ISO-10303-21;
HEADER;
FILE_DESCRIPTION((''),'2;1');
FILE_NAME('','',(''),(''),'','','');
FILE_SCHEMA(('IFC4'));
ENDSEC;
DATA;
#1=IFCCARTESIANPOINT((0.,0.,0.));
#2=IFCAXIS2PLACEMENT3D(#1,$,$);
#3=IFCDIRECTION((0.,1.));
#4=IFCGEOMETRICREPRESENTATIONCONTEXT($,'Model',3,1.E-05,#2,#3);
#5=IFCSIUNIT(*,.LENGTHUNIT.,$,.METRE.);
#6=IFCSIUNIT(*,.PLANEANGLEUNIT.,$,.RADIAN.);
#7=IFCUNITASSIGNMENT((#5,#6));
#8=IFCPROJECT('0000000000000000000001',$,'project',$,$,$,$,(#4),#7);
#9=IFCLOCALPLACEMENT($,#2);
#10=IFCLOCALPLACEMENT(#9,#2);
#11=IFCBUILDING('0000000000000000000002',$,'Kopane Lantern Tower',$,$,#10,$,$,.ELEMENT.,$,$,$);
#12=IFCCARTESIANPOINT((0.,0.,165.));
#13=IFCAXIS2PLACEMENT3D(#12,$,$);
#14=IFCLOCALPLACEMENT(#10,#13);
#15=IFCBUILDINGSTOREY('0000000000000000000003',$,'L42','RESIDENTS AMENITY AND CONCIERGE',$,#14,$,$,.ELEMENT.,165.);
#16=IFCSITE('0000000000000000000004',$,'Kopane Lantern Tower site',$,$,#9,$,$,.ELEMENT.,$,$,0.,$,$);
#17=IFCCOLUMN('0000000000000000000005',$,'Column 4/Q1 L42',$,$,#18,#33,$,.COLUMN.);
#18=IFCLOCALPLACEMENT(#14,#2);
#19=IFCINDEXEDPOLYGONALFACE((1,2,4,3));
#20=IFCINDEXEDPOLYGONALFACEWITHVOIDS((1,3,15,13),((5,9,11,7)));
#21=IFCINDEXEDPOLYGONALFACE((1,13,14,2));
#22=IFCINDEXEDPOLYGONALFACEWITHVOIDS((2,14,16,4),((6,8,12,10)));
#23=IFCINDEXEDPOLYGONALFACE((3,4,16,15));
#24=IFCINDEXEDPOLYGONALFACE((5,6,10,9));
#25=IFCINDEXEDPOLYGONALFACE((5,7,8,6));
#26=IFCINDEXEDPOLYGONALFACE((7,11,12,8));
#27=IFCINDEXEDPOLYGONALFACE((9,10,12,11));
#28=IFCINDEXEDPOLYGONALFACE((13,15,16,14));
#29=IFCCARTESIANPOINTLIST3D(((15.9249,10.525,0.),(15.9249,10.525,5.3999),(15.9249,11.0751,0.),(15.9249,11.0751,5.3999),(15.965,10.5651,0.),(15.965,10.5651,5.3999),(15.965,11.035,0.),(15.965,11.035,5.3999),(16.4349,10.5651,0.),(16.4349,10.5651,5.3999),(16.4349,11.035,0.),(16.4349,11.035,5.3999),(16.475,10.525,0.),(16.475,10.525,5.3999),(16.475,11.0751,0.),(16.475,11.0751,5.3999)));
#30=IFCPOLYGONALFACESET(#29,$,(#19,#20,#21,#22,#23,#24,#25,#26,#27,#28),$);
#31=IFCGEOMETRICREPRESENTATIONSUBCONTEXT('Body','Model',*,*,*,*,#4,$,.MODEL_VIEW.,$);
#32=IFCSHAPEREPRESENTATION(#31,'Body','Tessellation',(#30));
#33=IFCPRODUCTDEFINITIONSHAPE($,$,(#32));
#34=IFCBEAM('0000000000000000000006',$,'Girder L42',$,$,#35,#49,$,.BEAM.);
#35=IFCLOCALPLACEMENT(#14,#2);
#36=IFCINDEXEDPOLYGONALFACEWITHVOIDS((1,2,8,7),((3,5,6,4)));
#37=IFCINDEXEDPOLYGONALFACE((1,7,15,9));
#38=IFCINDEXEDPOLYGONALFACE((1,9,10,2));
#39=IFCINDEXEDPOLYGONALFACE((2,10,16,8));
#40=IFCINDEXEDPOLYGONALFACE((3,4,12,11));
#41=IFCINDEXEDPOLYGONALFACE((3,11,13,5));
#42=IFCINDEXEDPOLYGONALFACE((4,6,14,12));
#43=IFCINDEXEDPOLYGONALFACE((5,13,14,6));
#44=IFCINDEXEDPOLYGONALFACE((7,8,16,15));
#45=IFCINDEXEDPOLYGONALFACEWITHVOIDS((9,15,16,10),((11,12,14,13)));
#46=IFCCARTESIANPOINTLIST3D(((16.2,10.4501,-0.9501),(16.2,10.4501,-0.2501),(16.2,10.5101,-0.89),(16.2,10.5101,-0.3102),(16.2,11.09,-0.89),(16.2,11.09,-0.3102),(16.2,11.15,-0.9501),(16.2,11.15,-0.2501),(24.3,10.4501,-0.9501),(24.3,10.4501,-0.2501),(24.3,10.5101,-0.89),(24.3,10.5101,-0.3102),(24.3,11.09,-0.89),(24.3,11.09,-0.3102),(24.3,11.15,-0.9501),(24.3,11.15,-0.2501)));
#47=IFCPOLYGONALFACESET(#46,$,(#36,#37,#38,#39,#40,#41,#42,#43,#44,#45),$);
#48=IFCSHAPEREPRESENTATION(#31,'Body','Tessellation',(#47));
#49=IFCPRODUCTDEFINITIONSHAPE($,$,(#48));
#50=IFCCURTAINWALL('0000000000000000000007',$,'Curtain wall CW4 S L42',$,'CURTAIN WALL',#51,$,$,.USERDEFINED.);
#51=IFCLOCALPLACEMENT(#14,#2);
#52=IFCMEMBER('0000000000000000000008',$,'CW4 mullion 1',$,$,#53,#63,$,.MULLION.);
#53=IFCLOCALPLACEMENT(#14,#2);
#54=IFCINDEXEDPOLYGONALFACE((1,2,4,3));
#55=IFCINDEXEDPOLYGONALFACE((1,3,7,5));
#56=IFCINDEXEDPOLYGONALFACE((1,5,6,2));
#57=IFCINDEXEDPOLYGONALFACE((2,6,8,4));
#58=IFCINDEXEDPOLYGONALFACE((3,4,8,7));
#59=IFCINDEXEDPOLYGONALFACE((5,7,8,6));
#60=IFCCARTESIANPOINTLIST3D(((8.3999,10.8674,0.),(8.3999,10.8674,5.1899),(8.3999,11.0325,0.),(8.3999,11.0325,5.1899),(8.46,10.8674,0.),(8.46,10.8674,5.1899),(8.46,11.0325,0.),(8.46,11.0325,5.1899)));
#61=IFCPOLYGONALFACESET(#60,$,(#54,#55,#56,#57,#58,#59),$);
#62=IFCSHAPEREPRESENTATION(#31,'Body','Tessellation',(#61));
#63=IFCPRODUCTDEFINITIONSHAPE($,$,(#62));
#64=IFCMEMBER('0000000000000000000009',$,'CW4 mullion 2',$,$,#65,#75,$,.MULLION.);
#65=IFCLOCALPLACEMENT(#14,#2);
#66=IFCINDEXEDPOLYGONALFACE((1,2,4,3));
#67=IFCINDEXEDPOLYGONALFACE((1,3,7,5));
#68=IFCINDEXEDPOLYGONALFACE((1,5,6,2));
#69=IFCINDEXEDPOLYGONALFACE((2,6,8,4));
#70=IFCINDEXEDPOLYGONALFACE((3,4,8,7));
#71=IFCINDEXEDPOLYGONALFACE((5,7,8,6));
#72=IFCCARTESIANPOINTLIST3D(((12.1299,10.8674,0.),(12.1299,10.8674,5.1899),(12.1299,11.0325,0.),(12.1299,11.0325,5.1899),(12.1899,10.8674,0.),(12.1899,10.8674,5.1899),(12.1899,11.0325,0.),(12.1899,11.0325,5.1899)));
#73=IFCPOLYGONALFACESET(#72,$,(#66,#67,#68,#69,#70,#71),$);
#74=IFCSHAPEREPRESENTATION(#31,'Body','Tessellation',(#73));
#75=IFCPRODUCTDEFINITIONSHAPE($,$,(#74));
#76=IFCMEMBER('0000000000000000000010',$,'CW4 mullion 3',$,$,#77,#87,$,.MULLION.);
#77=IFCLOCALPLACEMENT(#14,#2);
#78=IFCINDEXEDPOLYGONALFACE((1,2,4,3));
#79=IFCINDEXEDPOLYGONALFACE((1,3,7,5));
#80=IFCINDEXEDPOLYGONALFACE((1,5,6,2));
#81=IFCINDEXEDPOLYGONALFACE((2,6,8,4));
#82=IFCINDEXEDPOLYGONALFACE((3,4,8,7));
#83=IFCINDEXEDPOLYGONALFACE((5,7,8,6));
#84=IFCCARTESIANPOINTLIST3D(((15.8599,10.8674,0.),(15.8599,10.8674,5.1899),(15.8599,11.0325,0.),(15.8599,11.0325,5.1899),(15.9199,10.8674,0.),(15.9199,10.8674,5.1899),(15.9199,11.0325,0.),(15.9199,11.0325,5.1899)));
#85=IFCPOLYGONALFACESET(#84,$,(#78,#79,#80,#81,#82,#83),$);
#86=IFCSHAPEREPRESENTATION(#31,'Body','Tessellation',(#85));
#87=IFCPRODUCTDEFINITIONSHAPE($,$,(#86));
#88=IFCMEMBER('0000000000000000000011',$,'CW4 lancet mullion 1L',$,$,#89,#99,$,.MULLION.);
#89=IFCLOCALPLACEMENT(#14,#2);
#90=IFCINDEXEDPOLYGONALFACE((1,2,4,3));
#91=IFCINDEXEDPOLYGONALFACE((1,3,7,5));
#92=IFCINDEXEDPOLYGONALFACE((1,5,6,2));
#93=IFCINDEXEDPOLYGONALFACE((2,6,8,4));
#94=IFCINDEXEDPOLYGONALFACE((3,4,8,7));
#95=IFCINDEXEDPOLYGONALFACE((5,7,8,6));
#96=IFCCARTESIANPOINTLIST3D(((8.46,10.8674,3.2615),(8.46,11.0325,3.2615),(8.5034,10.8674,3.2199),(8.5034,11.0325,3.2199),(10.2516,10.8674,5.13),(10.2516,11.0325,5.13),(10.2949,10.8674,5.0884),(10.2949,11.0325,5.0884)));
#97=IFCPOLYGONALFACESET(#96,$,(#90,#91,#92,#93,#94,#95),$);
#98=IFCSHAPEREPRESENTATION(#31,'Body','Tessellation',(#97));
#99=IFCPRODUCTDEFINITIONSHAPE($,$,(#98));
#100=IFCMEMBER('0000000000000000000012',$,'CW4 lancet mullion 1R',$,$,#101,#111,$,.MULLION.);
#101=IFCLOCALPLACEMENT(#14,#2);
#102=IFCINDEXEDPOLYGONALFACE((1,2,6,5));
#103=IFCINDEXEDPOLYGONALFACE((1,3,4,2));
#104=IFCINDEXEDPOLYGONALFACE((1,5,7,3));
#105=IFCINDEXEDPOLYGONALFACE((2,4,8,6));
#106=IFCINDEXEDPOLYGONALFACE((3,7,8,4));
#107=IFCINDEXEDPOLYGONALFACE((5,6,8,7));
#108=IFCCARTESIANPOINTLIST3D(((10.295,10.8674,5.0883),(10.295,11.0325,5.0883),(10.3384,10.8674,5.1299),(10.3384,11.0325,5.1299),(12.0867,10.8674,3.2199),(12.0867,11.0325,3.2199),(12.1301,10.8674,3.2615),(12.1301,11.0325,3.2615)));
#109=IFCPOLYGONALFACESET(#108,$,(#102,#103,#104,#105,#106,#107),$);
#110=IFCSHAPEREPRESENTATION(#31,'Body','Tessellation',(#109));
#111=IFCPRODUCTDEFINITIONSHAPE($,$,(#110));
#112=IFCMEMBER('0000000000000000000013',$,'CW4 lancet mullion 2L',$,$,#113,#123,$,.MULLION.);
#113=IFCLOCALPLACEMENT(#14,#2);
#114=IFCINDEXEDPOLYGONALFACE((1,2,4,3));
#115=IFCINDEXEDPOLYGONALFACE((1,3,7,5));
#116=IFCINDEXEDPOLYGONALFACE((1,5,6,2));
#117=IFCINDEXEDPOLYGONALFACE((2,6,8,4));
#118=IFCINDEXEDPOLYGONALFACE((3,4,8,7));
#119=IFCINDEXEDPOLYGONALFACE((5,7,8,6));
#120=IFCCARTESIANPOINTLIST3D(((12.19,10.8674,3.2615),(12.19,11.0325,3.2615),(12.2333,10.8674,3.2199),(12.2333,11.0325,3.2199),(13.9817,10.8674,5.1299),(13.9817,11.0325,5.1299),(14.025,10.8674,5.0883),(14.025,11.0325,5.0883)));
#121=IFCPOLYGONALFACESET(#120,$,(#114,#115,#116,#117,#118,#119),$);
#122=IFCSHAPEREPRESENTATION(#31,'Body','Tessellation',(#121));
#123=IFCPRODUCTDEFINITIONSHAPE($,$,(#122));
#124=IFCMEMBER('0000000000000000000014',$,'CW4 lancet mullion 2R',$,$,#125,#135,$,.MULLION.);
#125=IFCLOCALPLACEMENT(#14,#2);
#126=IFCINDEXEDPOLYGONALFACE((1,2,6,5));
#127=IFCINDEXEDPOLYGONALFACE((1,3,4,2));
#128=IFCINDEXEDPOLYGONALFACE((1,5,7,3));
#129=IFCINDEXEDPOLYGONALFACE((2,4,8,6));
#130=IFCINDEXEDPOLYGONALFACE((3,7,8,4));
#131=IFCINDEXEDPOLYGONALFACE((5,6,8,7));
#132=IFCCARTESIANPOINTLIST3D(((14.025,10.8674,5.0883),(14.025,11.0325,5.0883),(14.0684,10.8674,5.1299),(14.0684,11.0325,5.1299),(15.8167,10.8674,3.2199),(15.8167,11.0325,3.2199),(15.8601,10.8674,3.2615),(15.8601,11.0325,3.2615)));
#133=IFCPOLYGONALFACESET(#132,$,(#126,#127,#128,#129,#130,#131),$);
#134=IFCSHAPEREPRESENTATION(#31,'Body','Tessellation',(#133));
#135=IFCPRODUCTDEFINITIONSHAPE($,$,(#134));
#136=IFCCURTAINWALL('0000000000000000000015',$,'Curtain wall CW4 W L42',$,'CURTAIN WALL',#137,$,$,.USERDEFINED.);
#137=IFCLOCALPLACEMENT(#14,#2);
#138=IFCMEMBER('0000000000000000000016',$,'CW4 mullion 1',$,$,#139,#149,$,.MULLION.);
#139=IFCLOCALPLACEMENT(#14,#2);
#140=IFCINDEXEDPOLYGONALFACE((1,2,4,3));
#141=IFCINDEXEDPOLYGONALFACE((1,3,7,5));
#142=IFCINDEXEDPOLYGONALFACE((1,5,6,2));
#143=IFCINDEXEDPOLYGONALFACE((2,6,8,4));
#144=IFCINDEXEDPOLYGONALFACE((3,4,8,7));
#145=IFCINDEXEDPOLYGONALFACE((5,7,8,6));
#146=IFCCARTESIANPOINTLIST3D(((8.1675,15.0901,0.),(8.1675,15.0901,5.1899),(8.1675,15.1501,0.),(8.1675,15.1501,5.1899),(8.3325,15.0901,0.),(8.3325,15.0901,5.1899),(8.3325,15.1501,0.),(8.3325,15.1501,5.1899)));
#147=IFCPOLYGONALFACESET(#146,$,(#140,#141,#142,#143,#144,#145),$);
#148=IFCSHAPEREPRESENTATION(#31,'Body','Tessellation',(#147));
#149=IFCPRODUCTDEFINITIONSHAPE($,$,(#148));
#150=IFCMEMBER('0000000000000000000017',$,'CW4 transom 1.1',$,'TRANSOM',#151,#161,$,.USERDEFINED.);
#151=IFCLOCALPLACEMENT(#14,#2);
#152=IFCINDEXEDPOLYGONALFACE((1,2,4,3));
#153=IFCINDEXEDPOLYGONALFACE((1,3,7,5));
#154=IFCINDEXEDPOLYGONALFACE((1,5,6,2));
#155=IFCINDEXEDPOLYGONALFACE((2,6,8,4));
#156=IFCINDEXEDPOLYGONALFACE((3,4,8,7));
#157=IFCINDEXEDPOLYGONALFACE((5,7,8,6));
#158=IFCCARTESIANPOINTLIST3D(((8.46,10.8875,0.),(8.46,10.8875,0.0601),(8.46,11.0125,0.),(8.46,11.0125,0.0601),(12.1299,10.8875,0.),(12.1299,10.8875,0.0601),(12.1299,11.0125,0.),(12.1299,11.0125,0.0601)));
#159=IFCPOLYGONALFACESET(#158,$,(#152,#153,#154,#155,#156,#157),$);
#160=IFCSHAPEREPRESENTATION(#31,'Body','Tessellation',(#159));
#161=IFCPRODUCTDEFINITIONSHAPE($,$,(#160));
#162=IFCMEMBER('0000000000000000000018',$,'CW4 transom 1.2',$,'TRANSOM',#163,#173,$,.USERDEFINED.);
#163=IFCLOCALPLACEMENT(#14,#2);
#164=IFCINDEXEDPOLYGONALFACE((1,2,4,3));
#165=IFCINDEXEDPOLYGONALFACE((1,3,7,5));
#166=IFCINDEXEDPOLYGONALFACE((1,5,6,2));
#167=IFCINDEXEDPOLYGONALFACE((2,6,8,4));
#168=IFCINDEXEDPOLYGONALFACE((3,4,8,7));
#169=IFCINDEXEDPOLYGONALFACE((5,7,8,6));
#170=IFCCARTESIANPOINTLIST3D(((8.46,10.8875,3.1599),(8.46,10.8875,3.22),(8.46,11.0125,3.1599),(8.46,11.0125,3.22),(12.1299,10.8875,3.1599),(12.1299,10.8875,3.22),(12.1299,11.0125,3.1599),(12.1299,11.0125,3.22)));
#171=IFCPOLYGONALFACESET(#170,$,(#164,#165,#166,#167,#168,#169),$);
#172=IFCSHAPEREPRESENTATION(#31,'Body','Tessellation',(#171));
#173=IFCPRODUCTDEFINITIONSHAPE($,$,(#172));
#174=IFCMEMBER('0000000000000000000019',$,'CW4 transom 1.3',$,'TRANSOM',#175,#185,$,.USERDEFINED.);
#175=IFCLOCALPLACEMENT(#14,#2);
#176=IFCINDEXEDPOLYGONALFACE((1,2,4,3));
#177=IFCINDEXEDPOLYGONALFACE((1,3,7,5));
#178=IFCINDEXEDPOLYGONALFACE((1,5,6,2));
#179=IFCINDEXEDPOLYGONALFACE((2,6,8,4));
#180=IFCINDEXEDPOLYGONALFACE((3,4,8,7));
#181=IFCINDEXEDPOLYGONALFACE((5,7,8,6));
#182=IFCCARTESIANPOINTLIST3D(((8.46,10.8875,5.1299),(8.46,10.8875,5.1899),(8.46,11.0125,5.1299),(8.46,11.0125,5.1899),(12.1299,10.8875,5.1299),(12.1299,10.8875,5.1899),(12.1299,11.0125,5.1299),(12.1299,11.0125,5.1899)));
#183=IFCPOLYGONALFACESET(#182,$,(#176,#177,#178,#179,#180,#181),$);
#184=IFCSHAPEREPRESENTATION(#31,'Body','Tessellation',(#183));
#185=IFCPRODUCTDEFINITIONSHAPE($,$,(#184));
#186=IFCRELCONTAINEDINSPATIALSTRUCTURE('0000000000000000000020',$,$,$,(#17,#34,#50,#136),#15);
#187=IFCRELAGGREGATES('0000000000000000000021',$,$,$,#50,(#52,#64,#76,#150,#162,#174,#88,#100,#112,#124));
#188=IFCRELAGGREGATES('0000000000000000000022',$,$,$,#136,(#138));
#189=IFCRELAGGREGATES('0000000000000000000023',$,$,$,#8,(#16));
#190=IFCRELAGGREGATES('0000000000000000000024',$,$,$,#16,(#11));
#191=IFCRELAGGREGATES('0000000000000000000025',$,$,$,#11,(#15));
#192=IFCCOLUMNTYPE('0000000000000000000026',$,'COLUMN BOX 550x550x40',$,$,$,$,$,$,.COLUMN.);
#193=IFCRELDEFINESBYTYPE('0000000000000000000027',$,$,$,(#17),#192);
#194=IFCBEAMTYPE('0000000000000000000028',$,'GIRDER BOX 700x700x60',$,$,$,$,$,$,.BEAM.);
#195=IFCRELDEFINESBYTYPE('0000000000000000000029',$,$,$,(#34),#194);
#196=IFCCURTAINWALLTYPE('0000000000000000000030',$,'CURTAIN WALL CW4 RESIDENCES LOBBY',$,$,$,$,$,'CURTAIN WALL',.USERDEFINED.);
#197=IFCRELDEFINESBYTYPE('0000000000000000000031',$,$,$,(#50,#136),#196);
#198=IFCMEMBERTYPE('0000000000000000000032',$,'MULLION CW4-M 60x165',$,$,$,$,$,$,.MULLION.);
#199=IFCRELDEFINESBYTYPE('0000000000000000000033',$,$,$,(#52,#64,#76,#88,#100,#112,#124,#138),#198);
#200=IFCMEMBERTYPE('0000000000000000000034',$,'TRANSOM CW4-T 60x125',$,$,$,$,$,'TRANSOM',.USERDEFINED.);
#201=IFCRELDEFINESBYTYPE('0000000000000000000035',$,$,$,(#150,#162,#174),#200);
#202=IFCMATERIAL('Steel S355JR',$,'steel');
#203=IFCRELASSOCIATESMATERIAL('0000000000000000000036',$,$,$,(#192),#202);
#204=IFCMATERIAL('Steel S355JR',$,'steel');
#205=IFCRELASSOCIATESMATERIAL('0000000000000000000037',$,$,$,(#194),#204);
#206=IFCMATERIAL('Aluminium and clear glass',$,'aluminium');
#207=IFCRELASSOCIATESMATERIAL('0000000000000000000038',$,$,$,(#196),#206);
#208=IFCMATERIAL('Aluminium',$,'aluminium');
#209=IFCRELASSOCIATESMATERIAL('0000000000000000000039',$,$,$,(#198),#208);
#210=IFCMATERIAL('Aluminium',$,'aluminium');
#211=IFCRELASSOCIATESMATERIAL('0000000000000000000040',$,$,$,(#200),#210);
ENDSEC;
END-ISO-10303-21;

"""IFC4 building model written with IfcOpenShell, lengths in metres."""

from ifc_helpers import new_model, si_unit, direction, frame, origin, origin_2d, place, context, subcontext, project, spatial, rectangle, hollow_rectangle, extrude, material, material_profile, profile_set, type_object, element, aggregate, save


model = new_model("IFC4")

# Units and contexts
model_context = context("Model", 3, precision=1e-05, world=origin(), true_north=direction((0.0, 1.0)))
body_context = subcontext(model_context, "Body", "Model", "MODEL_VIEW")
ifc_project = project(units=[si_unit("LENGTHUNIT", "METRE"), si_unit("PLANEANGLEUNIT", "RADIAN")], contexts=[model_context])

# Site, building, storey
site_placement = place(None, origin())
site = spatial("IfcSite", under=ifc_project, at=site_placement, Name="Kopane Lantern Tower site", CompositionType="ELEMENT", RefElevation=0.0)
building_placement = place(site_placement, origin())
building = spatial("IfcBuilding", under=site, at=building_placement, Name="Kopane Lantern Tower", CompositionType="ELEMENT")
storey_placement = place(building_placement, frame((0.0, 0.0, 165.0)))
storey = spatial("IfcBuildingStorey", under=building, at=storey_placement, Name="L42", Description="RESIDENTS AMENITY AND CONCIERGE", CompositionType="ELEMENT", Elevation=165.0)

# Column
ifc_material_1 = material(Name="Steel S355JR", Category="steel")
ifc_material_profile_1 = material_profile(ifc_material_1, hollow_rectangle(XDim=0.55, YDim=0.55, WallThickness=0.04, at=origin_2d()), Name="BOX 550x550x40")
ifc_profile_set_1 = profile_set([ifc_material_profile_1], Name="Steel S355JR")
column_type = type_object("IfcColumnType", Name="COLUMN BOX 550x550x40", PredefinedType="COLUMN", material=ifc_profile_set_1)
column_placement = place(storey_placement, frame((16.2, 10.8, 0.0), z_axis=(0.0, 0.0, 1.0), x_axis=(1.0, 0.0, 0.0)))
element("IfcColumn", 1, at=column_placement, inside=storey, type_object=column_type, Name="Column 4/Q1 L42", PredefinedType="COLUMN", context=body_context, shape_type="SweptSolid", body=[
    extrude(hollow_rectangle(XDim=0.55, YDim=0.55, WallThickness=0.04, at=origin_2d()), origin(), (0.0, 0.0, 1.0), 5.3999),
])

# Beam
ifc_material_2 = material(Name="Steel S355JR", Category="steel")
ifc_material_profile_2 = material_profile(ifc_material_2, hollow_rectangle(XDim=0.7, YDim=0.7, WallThickness=0.0601, at=origin_2d()), Name="BOX 700x700x60")
ifc_profile_set_2 = profile_set([ifc_material_profile_2], Name="Steel S355JR")
beam_type = type_object("IfcBeamType", Name="GIRDER BOX 700x700x60", PredefinedType="BEAM", material=ifc_profile_set_2)
beam_placement = place(storey_placement, frame((16.2, 10.8, -0.6001), z_axis=(1.0, 0.0, 0.0), x_axis=(0.0, 1.0, 0.0)))
element("IfcBeam", 2, at=beam_placement, inside=storey, type_object=beam_type, Name="Girder L42", PredefinedType="BEAM", context=body_context, shape_type="SweptSolid", body=[
    extrude(hollow_rectangle(XDim=0.7, YDim=0.7, WallThickness=0.0601, at=origin_2d()), origin(), (0.0, 0.0, 1.0), 8.1001),
])

# Curtain wall, members
ifc_material_3 = material(Name="Aluminium and clear glass", Category="aluminium")
curtain_wall_type = type_object("IfcCurtainWallType", Name="CURTAIN WALL CW4 RESIDENCES LOBBY", ElementType="CURTAIN WALL", PredefinedType="USERDEFINED", material=ifc_material_3)
curtain_wall_1_placement = place(storey_placement, origin())
curtain_wall_1 = element("IfcCurtainWall", 3, at=curtain_wall_1_placement, inside=storey, type_object=curtain_wall_type, Name="Curtain wall CW4 S L42", ObjectType="CURTAIN WALL", PredefinedType="USERDEFINED")
ifc_material_4 = material(Name="Aluminium", Category="aluminium")
ifc_material_profile_3 = material_profile(ifc_material_4, rectangle(XDim=0.0601, YDim=0.165, at=origin_2d()), Name="AL 60x165")
ifc_profile_set_3 = profile_set([ifc_material_profile_3], Name="Aluminium")
member_type_1 = type_object("IfcMemberType", Name="MULLION CW4-M 60x165", PredefinedType="MULLION", material=ifc_profile_set_3)
member_1_placement = place(storey_placement, frame((8.4299, 10.95, 0.0), z_axis=(0.0, 0.0, 1.0), x_axis=(1.0, 0.0, 0.0)))
member_1 = element("IfcMember", 4, at=member_1_placement, type_object=member_type_1, Name="CW4 mullion 1", PredefinedType="MULLION", context=body_context, shape_type="SweptSolid", body=[
    extrude(rectangle(XDim=0.0601, YDim=0.165, at=origin_2d()), origin(), (0.0, 0.0, 1.0), 5.1899),
])
member_2_placement = place(storey_placement, frame((12.1599, 10.95, 0.0), z_axis=(0.0, 0.0, 1.0), x_axis=(1.0, 0.0, 0.0)))
member_2 = element("IfcMember", 5, at=member_2_placement, type_object=member_type_1, Name="CW4 mullion 2", PredefinedType="MULLION", context=body_context, shape_type="SweptSolid", body=[
    extrude(rectangle(XDim=0.0601, YDim=0.165, at=origin_2d()), origin(), (0.0, 0.0, 1.0), 5.1899),
])
member_3_placement = place(storey_placement, frame((15.8899, 10.95, 0.0), z_axis=(0.0, 0.0, 1.0), x_axis=(1.0, 0.0, 0.0)))
member_3 = element("IfcMember", 6, at=member_3_placement, type_object=member_type_1, Name="CW4 mullion 3", PredefinedType="MULLION", context=body_context, shape_type="SweptSolid", body=[
    extrude(rectangle(XDim=0.0601, YDim=0.165, at=origin_2d()), origin(), (0.0, 0.0, 1.0), 5.1899),
])
member_4_placement = place(storey_placement, frame((8.4817, 10.95, 3.2407), z_axis=(0.692096, 0.0, 0.721806), x_axis=(-0.721806, 0.0, 0.692096)))
member_4 = element("IfcMember", 7, at=member_4_placement, type_object=member_type_1, Name="CW4 lancet mullion 1L", PredefinedType="MULLION", context=body_context, shape_type="SweptSolid", body=[
    extrude(rectangle(XDim=0.0601, YDim=0.165, at=origin_2d()), origin(), (0.0, 0.0, 1.0), 2.5886),
])
member_5_placement = place(storey_placement, frame((12.1084, 10.95, 3.2407), z_axis=(-0.692145, 0.0, 0.721758), x_axis=(0.721758, 0.0, 0.692145)))
member_5 = element("IfcMember", 8, at=member_5_placement, type_object=member_type_1, Name="CW4 lancet mullion 1R", PredefinedType="MULLION", context=body_context, shape_type="SweptSolid", body=[
    extrude(rectangle(XDim=0.0601, YDim=0.165, at=origin_2d()), origin(), (0.0, 0.0, 1.0), 2.5886),
])
member_6_placement = place(storey_placement, frame((12.2117, 10.95, 3.2407), z_axis=(0.692145, 0.0, 0.721758), x_axis=(-0.721758, 0.0, 0.692145)))
member_6 = element("IfcMember", 9, at=member_6_placement, type_object=member_type_1, Name="CW4 lancet mullion 2L", PredefinedType="MULLION", context=body_context, shape_type="SweptSolid", body=[
    extrude(rectangle(XDim=0.0601, YDim=0.165, at=origin_2d()), origin(), (0.0, 0.0, 1.0), 2.5886),
])
member_7_placement = place(storey_placement, frame((15.8384, 10.95, 3.2407), z_axis=(-0.692145, 0.0, 0.721758), x_axis=(0.721758, 0.0, 0.692145)))
member_7 = element("IfcMember", 10, at=member_7_placement, type_object=member_type_1, Name="CW4 lancet mullion 2R", PredefinedType="MULLION", context=body_context, shape_type="SweptSolid", body=[
    extrude(rectangle(XDim=0.0601, YDim=0.165, at=origin_2d()), origin(), (0.0, 0.0, 1.0), 2.5886),
])

# Curtain wall, member
curtain_wall_2_placement = place(storey_placement, origin())
curtain_wall_2 = element("IfcCurtainWall", 11, at=curtain_wall_2_placement, inside=storey, type_object=curtain_wall_type, Name="Curtain wall CW4 W L42", ObjectType="CURTAIN WALL", PredefinedType="USERDEFINED")
member_8_placement = place(storey_placement, frame((8.25, 15.1201, 0.0), z_axis=(0.0, 0.0, 1.0), x_axis=(0.0, -1.0, 0.0)))
member_8 = element("IfcMember", 12, at=member_8_placement, type_object=member_type_1, Name="CW4 mullion 1", PredefinedType="MULLION", context=body_context, shape_type="SweptSolid", body=[
    extrude(rectangle(XDim=0.0601, YDim=0.165, at=origin_2d()), origin(), (0.0, 0.0, 1.0), 5.1899),
])

# Members
ifc_material_5 = material(Name="Aluminium", Category="aluminium")
ifc_material_profile_4 = material_profile(ifc_material_5, rectangle(XDim=0.125, YDim=0.0601, at=origin_2d()), Name="AL 125x60")
ifc_profile_set_4 = profile_set([ifc_material_profile_4], Name="Aluminium")
member_type_2 = type_object("IfcMemberType", Name="TRANSOM CW4-T 60x125", ElementType="TRANSOM", PredefinedType="USERDEFINED", material=ifc_profile_set_4)
member_9_placement = place(storey_placement, frame((8.46, 10.95, 0.03), z_axis=(1.0, 0.0, 0.0), x_axis=(0.0, 1.0, 0.0)))
member_9 = element("IfcMember", 13, at=member_9_placement, type_object=member_type_2, Name="CW4 transom 1.1", ObjectType="TRANSOM", PredefinedType="USERDEFINED", context=body_context, shape_type="SweptSolid", body=[
    extrude(rectangle(XDim=0.125, YDim=0.0601, at=origin_2d()), origin(), (0.0, 0.0, 1.0), 3.6699),
])
member_10_placement = place(storey_placement, frame((8.46, 10.95, 3.1899), z_axis=(1.0, 0.0, 0.0), x_axis=(0.0, 1.0, 0.0)))
member_10 = element("IfcMember", 14, at=member_10_placement, type_object=member_type_2, Name="CW4 transom 1.2", ObjectType="TRANSOM", PredefinedType="USERDEFINED", context=body_context, shape_type="SweptSolid", body=[
    extrude(rectangle(XDim=0.125, YDim=0.0601, at=origin_2d()), origin(), (0.0, 0.0, 1.0), 3.6699),
])
member_11_placement = place(storey_placement, frame((8.46, 10.95, 5.1599), z_axis=(1.0, 0.0, 0.0), x_axis=(0.0, 1.0, 0.0)))
member_11 = element("IfcMember", 15, at=member_11_placement, type_object=member_type_2, Name="CW4 transom 1.3", ObjectType="TRANSOM", PredefinedType="USERDEFINED", context=body_context, shape_type="SweptSolid", body=[
    extrude(rectangle(XDim=0.125, YDim=0.0601, at=origin_2d()), origin(), (0.0, 0.0, 1.0), 3.6699),
])

aggregate(curtain_wall_1, [member_1, member_2, member_3, member_9, member_10, member_11, member_4, member_5, member_6, member_7])
aggregate(curtain_wall_2, [member_8])

save(model, "model.ifc")
